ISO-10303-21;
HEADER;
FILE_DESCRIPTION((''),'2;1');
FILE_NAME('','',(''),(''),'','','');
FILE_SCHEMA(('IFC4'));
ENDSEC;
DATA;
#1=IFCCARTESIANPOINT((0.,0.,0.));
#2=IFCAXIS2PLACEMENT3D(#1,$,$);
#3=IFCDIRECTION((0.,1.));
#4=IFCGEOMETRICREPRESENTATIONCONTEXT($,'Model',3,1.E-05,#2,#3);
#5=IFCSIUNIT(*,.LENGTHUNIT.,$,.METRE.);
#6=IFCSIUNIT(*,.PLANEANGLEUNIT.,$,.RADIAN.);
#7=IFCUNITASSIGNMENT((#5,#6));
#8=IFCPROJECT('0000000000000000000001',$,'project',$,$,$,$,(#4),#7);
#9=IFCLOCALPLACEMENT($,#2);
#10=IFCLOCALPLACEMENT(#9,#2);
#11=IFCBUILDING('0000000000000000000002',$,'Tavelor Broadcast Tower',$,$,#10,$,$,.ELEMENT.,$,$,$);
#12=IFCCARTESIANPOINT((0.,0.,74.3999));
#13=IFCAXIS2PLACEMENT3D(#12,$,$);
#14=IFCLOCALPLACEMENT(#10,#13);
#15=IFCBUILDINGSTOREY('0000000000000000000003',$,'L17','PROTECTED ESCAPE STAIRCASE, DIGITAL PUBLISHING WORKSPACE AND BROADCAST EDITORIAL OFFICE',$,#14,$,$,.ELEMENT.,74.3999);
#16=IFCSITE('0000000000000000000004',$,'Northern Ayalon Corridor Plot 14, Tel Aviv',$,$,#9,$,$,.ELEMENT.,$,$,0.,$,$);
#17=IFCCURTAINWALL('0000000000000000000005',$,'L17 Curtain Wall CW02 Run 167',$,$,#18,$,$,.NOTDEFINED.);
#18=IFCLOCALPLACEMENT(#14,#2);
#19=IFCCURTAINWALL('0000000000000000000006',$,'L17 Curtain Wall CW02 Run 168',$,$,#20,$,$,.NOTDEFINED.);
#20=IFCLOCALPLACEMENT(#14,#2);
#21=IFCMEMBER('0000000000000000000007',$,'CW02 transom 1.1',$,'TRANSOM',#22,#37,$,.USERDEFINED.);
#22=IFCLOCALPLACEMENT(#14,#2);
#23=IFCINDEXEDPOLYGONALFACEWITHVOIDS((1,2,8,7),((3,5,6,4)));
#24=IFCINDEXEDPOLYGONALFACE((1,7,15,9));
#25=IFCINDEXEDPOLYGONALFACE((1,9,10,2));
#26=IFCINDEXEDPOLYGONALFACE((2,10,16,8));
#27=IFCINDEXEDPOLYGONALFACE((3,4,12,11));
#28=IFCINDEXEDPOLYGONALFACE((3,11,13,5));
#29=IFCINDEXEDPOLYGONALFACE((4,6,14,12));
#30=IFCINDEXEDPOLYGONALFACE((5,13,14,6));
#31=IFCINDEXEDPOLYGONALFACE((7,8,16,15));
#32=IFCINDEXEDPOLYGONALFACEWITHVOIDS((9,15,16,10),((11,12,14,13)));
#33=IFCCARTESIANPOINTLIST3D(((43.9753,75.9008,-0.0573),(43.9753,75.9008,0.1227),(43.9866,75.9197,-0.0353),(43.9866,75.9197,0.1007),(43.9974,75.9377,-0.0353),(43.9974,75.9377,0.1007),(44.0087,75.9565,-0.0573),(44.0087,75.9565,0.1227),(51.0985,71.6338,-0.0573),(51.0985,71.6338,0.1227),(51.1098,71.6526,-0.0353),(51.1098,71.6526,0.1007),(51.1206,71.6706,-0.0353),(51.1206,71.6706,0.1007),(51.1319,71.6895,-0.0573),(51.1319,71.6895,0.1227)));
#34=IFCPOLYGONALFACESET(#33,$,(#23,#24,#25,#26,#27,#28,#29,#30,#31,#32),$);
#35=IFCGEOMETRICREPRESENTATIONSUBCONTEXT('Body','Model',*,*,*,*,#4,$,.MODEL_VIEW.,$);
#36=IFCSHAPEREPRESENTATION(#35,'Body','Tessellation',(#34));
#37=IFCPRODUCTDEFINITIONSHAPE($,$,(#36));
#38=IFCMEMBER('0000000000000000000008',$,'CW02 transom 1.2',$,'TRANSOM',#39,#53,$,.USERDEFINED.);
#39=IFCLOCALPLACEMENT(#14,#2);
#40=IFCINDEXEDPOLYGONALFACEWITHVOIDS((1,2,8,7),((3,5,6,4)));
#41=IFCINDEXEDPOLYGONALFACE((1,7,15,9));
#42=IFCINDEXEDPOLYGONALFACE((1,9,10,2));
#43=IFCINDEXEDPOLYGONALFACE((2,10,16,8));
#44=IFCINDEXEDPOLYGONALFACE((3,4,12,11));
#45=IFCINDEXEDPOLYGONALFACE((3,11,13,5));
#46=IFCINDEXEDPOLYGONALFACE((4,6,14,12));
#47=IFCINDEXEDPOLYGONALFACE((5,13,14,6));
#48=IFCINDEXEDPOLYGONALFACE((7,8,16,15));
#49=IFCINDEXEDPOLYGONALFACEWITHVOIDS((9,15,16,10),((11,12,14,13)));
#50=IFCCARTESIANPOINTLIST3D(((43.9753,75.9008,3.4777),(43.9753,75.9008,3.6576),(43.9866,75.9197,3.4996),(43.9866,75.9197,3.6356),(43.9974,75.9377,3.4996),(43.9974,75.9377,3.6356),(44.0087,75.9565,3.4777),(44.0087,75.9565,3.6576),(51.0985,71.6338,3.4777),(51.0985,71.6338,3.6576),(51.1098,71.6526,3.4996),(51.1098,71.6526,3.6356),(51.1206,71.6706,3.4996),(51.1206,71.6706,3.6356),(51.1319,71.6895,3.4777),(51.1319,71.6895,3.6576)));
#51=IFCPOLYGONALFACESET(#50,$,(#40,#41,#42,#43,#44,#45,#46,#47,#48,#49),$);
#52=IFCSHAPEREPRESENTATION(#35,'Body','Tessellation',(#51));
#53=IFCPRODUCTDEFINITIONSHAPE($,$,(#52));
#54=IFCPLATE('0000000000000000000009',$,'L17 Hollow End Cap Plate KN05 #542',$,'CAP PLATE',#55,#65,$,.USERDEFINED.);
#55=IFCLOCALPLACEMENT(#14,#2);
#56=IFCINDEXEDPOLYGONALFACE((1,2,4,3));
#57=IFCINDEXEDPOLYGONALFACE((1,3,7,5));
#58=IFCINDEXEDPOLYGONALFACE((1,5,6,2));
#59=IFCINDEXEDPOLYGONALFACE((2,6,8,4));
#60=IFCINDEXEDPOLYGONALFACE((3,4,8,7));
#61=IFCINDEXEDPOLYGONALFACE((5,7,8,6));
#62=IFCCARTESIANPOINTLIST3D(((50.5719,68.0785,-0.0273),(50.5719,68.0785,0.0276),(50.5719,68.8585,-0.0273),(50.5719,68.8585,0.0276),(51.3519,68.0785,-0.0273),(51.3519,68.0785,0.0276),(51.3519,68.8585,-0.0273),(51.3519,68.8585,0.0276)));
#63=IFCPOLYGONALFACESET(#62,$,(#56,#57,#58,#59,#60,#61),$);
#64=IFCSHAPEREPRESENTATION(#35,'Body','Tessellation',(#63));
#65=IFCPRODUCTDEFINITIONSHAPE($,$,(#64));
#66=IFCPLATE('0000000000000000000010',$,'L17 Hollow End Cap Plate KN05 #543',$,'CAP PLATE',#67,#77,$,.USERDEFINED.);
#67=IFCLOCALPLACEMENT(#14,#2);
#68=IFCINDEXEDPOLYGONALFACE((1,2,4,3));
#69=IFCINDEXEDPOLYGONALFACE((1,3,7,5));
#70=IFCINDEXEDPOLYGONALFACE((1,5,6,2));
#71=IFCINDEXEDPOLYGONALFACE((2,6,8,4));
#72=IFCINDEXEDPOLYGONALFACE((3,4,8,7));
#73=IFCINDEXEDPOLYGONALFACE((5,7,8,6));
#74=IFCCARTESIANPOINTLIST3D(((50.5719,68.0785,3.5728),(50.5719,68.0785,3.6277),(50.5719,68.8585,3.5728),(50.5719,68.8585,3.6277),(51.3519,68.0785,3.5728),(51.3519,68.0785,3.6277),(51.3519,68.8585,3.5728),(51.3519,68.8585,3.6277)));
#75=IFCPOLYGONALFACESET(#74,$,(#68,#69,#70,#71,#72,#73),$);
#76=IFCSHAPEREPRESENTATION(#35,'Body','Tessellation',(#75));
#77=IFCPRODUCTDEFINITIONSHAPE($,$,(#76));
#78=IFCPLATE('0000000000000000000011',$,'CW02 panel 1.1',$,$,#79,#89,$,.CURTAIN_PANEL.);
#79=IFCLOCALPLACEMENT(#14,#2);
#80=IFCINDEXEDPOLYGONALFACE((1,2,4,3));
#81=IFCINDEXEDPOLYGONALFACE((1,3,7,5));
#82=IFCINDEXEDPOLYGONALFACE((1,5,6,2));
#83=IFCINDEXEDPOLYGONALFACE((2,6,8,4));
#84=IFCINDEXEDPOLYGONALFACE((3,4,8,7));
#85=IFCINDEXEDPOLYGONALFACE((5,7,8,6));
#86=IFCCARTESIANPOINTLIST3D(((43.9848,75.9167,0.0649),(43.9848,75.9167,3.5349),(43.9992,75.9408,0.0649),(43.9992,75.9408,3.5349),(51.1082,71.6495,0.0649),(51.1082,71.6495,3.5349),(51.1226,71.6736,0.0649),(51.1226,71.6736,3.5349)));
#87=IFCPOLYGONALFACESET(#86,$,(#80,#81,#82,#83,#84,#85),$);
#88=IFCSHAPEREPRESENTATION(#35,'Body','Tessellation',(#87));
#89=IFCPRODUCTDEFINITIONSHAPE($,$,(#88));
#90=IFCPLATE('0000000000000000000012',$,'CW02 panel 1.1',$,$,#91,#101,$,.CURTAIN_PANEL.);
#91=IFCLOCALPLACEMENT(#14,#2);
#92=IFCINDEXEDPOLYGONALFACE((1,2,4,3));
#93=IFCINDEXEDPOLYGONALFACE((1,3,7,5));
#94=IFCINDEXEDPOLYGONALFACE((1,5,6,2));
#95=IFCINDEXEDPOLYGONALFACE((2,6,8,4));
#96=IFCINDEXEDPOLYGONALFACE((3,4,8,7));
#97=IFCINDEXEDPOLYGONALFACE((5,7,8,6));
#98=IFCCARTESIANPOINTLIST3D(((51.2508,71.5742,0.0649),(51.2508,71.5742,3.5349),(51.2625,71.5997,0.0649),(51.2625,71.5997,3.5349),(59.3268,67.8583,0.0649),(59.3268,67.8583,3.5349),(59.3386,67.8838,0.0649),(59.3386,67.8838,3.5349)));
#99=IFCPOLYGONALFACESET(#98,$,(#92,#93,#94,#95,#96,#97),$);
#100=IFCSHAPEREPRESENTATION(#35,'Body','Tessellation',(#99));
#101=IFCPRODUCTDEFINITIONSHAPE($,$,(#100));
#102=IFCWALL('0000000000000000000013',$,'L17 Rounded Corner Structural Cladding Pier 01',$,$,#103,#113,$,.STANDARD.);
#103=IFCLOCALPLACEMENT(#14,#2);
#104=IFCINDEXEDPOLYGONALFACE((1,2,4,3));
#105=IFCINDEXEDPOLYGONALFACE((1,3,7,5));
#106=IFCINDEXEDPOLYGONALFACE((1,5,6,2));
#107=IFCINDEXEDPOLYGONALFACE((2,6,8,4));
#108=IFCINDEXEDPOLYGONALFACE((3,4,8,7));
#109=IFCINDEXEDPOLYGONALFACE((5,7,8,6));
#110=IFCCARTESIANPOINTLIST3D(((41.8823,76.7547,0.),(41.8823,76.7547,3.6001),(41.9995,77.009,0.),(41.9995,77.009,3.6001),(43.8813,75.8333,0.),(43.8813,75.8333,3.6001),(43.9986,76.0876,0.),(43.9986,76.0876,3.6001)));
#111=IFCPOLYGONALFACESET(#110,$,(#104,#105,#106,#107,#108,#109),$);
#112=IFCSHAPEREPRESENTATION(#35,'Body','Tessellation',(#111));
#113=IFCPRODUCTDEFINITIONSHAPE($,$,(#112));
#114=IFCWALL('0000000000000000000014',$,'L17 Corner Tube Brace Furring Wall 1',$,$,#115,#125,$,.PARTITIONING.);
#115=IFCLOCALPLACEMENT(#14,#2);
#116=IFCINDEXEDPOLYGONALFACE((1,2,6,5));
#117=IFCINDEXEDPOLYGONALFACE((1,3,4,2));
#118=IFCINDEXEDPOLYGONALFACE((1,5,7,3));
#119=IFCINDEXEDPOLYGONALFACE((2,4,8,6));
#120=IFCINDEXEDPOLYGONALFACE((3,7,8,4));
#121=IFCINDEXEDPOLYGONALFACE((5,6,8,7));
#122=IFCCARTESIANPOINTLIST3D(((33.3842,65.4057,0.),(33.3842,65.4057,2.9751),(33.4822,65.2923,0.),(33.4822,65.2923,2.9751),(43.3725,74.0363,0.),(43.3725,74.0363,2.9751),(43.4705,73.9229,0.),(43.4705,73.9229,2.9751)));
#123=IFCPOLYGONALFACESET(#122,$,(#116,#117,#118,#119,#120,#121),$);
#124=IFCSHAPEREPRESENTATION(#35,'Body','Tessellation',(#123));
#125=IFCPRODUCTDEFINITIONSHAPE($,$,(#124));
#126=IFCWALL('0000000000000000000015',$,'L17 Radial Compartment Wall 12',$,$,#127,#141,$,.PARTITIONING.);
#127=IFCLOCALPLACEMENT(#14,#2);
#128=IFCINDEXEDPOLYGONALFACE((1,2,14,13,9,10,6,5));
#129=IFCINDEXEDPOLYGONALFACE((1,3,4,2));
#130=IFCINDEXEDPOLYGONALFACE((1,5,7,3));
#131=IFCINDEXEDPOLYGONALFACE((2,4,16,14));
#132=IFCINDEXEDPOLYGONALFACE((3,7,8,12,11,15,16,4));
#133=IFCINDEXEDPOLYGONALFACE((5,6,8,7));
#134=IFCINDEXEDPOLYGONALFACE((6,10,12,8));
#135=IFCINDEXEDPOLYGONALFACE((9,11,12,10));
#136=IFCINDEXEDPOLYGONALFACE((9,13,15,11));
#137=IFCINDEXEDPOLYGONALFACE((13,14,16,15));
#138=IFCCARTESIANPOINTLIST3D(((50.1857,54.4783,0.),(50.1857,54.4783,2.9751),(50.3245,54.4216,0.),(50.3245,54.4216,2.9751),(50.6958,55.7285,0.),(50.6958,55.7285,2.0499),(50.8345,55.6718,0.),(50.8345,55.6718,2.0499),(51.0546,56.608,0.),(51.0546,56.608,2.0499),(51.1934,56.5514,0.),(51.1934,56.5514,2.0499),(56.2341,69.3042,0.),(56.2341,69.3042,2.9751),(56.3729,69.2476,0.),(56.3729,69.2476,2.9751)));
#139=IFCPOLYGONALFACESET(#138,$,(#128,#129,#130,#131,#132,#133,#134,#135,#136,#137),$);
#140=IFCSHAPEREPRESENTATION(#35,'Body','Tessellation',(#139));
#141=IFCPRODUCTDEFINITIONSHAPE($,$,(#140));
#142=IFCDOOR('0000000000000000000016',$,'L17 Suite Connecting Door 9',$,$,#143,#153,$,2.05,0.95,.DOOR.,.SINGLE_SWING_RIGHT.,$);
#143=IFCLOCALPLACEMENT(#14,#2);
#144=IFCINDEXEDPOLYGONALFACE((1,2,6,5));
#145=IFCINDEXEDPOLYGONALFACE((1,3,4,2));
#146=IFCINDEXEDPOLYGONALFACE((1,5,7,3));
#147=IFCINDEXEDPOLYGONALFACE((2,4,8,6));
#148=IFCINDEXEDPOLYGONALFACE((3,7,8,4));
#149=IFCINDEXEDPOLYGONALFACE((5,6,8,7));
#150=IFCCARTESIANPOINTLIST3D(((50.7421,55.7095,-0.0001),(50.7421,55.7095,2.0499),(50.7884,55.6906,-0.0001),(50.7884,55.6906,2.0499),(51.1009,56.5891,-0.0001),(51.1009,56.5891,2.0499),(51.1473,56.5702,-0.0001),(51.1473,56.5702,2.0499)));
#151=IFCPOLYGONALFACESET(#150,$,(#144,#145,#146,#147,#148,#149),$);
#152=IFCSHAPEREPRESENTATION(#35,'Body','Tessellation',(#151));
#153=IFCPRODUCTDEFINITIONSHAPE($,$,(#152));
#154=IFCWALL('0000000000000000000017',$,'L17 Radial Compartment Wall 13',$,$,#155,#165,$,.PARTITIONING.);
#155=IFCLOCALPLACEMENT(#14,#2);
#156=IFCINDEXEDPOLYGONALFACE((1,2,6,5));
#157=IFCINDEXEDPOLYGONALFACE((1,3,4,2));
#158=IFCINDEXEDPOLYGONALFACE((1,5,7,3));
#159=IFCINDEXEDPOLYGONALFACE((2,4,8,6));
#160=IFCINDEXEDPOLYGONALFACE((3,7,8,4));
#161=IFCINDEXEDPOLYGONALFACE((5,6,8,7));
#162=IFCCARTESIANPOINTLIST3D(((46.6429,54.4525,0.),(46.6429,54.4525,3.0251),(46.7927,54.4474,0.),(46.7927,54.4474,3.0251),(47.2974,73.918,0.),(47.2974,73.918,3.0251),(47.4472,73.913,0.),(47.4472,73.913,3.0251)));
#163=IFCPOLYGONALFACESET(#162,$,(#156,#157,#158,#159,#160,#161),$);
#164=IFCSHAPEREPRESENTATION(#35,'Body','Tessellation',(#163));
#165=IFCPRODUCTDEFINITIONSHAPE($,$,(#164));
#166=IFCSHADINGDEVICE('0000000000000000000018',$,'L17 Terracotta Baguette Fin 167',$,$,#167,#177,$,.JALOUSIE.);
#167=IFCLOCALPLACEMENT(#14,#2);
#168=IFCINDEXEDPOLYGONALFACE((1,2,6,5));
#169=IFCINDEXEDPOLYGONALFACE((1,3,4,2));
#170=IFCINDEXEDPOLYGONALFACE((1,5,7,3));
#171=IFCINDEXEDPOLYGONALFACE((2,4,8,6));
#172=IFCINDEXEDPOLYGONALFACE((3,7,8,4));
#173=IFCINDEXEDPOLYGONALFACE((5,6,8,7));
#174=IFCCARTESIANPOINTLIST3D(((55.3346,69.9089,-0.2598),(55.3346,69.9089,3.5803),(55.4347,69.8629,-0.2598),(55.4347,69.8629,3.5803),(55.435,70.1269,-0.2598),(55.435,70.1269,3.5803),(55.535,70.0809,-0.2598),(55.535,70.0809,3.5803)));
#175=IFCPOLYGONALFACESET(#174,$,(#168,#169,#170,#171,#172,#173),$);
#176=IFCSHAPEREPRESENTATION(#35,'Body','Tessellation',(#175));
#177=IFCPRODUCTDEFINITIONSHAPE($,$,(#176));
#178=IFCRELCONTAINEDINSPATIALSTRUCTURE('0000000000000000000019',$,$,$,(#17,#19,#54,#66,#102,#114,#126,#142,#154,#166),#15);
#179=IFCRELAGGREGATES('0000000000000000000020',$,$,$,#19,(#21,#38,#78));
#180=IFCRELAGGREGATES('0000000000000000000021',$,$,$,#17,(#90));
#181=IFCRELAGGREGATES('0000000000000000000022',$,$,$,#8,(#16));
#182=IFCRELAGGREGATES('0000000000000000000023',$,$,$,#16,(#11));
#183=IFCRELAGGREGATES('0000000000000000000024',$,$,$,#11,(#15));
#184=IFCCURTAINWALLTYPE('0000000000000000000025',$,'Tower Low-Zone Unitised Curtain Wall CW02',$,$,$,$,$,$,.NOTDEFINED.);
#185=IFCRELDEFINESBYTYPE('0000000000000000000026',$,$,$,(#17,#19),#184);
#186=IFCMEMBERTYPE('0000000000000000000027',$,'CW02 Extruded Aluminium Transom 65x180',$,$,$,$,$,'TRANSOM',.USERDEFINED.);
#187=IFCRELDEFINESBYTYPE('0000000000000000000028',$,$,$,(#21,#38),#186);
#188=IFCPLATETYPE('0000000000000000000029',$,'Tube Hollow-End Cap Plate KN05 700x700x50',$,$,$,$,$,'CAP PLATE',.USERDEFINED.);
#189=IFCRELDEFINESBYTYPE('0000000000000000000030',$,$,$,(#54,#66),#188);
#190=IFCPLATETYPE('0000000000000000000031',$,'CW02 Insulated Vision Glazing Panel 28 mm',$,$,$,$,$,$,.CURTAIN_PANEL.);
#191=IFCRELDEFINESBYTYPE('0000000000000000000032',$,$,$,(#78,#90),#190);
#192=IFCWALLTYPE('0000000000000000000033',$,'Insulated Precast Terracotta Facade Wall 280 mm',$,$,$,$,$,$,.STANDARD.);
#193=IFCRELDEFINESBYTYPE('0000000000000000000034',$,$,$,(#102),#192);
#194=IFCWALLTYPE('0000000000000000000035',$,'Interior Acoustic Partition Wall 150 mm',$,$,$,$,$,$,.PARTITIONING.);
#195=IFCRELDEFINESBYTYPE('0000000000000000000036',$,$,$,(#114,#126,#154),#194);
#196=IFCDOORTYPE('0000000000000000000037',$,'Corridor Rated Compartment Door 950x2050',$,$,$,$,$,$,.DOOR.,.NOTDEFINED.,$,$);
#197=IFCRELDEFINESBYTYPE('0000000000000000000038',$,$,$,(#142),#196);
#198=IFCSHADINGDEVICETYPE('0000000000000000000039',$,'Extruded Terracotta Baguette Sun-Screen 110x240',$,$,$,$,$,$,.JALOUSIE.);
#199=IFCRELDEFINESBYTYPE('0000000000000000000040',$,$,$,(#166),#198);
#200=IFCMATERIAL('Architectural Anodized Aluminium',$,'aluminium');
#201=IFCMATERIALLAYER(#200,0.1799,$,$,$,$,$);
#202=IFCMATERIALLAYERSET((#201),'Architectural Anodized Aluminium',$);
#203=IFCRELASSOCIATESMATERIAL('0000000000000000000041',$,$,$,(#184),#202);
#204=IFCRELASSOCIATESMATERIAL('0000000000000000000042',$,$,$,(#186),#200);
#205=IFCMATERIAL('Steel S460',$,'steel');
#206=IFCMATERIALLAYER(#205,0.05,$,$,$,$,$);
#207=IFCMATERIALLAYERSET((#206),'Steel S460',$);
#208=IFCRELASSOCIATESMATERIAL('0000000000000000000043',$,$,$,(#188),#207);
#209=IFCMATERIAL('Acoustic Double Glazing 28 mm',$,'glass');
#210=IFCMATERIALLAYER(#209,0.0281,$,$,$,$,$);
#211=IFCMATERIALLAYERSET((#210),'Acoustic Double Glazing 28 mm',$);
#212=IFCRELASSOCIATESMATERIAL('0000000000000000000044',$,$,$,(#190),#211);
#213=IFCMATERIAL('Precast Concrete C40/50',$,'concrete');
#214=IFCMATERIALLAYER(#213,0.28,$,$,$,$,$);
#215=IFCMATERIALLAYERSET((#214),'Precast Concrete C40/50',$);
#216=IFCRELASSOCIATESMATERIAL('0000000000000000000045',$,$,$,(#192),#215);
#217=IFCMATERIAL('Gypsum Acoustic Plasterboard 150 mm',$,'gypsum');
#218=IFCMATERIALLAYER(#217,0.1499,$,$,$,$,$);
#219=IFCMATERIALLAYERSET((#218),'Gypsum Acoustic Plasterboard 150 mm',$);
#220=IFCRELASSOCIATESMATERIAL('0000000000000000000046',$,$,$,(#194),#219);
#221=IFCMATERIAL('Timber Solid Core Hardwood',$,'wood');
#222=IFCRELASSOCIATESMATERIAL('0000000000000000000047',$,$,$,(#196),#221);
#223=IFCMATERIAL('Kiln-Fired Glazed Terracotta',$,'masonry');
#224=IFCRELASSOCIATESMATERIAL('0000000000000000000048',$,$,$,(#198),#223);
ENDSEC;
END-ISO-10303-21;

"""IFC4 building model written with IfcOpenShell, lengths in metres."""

from ifc_helpers import new_model, si_unit, direction, frame, frame_2d, origin, origin_2d, place, context, subcontext, project, spatial, rectangle, hollow_rectangle, extrude, source, transform, mapped, material, layer, layer_set, material_profile, profile_set, type_object, type_shapes, element, fill, aggregate, save


model = new_model("IFC4")

# Units and contexts
model_context = context("Model", 3, precision=1e-05, world=origin(), true_north=direction((0.0, 1.0)))
body_context = subcontext(model_context, "Body", "Model", "MODEL_VIEW")
ifc_project = project(units=[si_unit("LENGTHUNIT", "METRE"), si_unit("PLANEANGLEUNIT", "RADIAN")], contexts=[model_context])

# Site, building, storey
site_placement = place(None, origin())
site = spatial("IfcSite", under=ifc_project, at=site_placement, Name="Northern Ayalon Corridor Plot 14, Tel Aviv", CompositionType="ELEMENT", RefElevation=0.0)
building_placement = place(site_placement, origin())
building = spatial("IfcBuilding", under=site, at=building_placement, Name="Tavelor Broadcast Tower", CompositionType="ELEMENT")
storey_placement = place(building_placement, frame((0.0, 0.0, 74.3999)))
storey = spatial("IfcBuildingStorey", under=building, at=storey_placement, Name="L17", Description="PROTECTED ESCAPE STAIRCASE, DIGITAL PUBLISHING WORKSPACE AND BROADCAST EDITORIAL OFFICE", CompositionType="ELEMENT", Elevation=74.3999)

# Shared definitions
ifc_material_1 = material(Name="Steel S460", Category="steel")

# Curtain wall
ifc_material_2 = material(Name="Architectural Anodized Aluminium", Category="aluminium")
ifc_layer_1 = layer(ifc_material_2, 0.1799)
ifc_layer_set_1 = layer_set([ifc_layer_1], Name="Architectural Anodized Aluminium")
curtain_wall_type = type_object("IfcCurtainWallType", Name="Tower Low-Zone Unitised Curtain Wall CW02", PredefinedType="NOTDEFINED", material=ifc_layer_set_1)
curtain_wall_1_placement = place(storey_placement, origin())
curtain_wall_1 = element("IfcCurtainWall", 1, at=curtain_wall_1_placement, inside=storey, type_object=curtain_wall_type, Name="L17 Curtain Wall CW02 Run 167", PredefinedType="NOTDEFINED")

# Curtain wall, members
curtain_wall_2_placement = place(storey_placement, origin())
curtain_wall_2 = element("IfcCurtainWall", 2, at=curtain_wall_2_placement, inside=storey, type_object=curtain_wall_type, Name="L17 Curtain Wall CW02 Run 168", PredefinedType="NOTDEFINED")
ifc_material_profile_1 = material_profile(ifc_material_2, hollow_rectangle(XDim=0.0649, YDim=0.1799, WallThickness=0.022, at=origin_2d()), Name="RHS 65x180x22")
ifc_profile_set_1 = profile_set([ifc_material_profile_1], Name="Architectural Anodized Aluminium")
member_type_1 = type_object("IfcMemberType", Name="CW02 Extruded Aluminium Transom 65x180", ElementType="TRANSOM", PredefinedType="USERDEFINED", material=ifc_profile_set_1)
shared_shape_1 = source(origin(), body_context, "Body", "SweptSolid", [
    extrude(hollow_rectangle(XDim=0.0649, YDim=0.1799, WallThickness=0.022, at=origin_2d()), origin(), (0.0, 0.0, 1.0), 8.3035),
])
type_shapes(member_type_1, [shared_shape_1])
member_1_placement = place(storey_placement, frame((51.1152, 71.6616, 0.0327), z_axis=(-0.857859, 0.513886, 0.0), x_axis=(-0.513886, -0.857859, 0.0)))
member_1 = element("IfcMember", 3, at=member_1_placement, type_object=member_type_1, Name="CW02 transom 1.1", ObjectType="TRANSOM", PredefinedType="USERDEFINED", context=body_context, shape_type="MappedRepresentation", body=[
    mapped(shared_shape_1, transform((0.0, 0.0, 0.0), scale=1.0)),
])
member_2_placement = place(storey_placement, frame((51.1152, 71.6616, 3.5676), z_axis=(-0.857859, 0.513886, 0.0), x_axis=(-0.513886, -0.857859, 0.0)))
member_2 = element("IfcMember", 4, at=member_2_placement, type_object=member_type_1, Name="CW02 transom 1.2", ObjectType="TRANSOM", PredefinedType="USERDEFINED", context=body_context, shape_type="MappedRepresentation", body=[
    mapped(shared_shape_1, transform((0.0, 0.0, 0.0), scale=1.0)),
])

# Plates
ifc_layer_2 = layer(ifc_material_1, 0.05)
ifc_layer_set_2 = layer_set([ifc_layer_2], Name="Steel S460")
plate_type_1 = type_object("IfcPlateType", Name="Tube Hollow-End Cap Plate KN05 700x700x50", ElementType="CAP PLATE", PredefinedType="USERDEFINED", material=ifc_layer_set_2)
shared_shape_2 = source(origin(), body_context, "Body", "SweptSolid", [
    extrude(rectangle(XDim=0.78, YDim=0.78, at=origin_2d()), origin(), (0.0, 0.0, 1.0), 0.0549),
])
type_shapes(plate_type_1, [shared_shape_2])
for number, where, z_axis, x_axis, name in (
    (5, (50.9619, 68.4685, -0.0273), (0.0, 0.0, 1.0), (1.0, 0.0, 0.0), "L17 Hollow End Cap Plate KN05 #542"),
    (6, (50.9619, 68.4685, 3.5728), (0.0, 0.0, 1.0), (1.0, 0.0, 0.0), "L17 Hollow End Cap Plate KN05 #543"),
):
    element("IfcPlate", number, at=place(storey_placement, frame(where, z_axis=z_axis, x_axis=x_axis)), inside=storey, type_object=plate_type_1, Name=name, ObjectType="CAP PLATE", PredefinedType="USERDEFINED", context=body_context, shape_type="MappedRepresentation", body=[
        mapped(shared_shape_2, transform((0.0, 0.0, 0.0), scale=1.0)),
    ])

# Plates
ifc_material_3 = material(Name="Acoustic Double Glazing 28 mm", Category="glass")
ifc_layer_3 = layer(ifc_material_3, 0.0281)
ifc_layer_set_3 = layer_set([ifc_layer_3], Name="Acoustic Double Glazing 28 mm")
plate_type_2 = type_object("IfcPlateType", Name="CW02 Insulated Vision Glazing Panel 28 mm", PredefinedType="CURTAIN_PANEL", material=ifc_layer_set_3)
shared_shape_3 = source(origin(), body_context, "Body", "SweptSolid", [
    extrude(rectangle(XDim=8.3037, YDim=0.0281, at=origin_2d()), origin(), (0.0, 0.0, 1.0), 3.47),
])
plate_1_placement = place(storey_placement, frame((47.5537, 73.7952, 0.0649), z_axis=(0.0, 0.0, 1.0), x_axis=(-0.857856, 0.513891, 0.0)))
plate_1 = element("IfcPlate", 7, at=plate_1_placement, type_object=plate_type_2, Name="CW02 panel 1.1", PredefinedType="CURTAIN_PANEL", context=body_context, shape_type="MappedRepresentation", body=[
    mapped(shared_shape_3, transform((0.0, 0.0, 0.0), scale=1.0)),
])
aggregate(curtain_wall_2, [member_1, member_2, plate_1])
shared_shape_4 = source(origin(), body_context, "Body", "SweptSolid", [
    extrude(rectangle(XDim=8.8899, YDim=0.0281, at=origin_2d()), origin(), (0.0, 0.0, 1.0), 3.47),
])
type_shapes(plate_type_2, [shared_shape_3, shared_shape_4])
plate_2_placement = place(storey_placement, frame((55.2947, 69.729, 0.0649), z_axis=(0.0, 0.0, 1.0), x_axis=(-0.908454, 0.417985, 0.0)))
plate_2 = element("IfcPlate", 8, at=plate_2_placement, type_object=plate_type_2, Name="CW02 panel 1.1", PredefinedType="CURTAIN_PANEL", context=body_context, shape_type="MappedRepresentation", body=[
    mapped(shared_shape_4, transform((0.0, 0.0, 0.0), scale=1.0)),
])
aggregate(curtain_wall_1, [plate_2])

# Walls
ifc_material_4 = material(Name="Precast Concrete C40/50", Category="concrete")
ifc_layer_4 = layer(ifc_material_4, 0.28)
ifc_layer_set_4 = layer_set([ifc_layer_4], Name="Precast Concrete C40/50")
wall_type_1 = type_object("IfcWallType", Name="Insulated Precast Terracotta Facade Wall 280 mm", PredefinedType="STANDARD", material=ifc_layer_set_4)
wall_1_placement = place(storey_placement, frame((43.9399, 75.9604, 0.0), z_axis=(0.0, 0.0, 1.0), x_axis=(-0.908174, 0.418594, 0.0)))
element("IfcWall", 9, at=wall_1_placement, inside=storey, type_object=wall_type_1, Name="L17 Rounded Corner Structural Cladding Pier 01", PredefinedType="STANDARD", context=body_context, shape_type="SweptSolid", body=[
    extrude(rectangle(XDim=2.2012, YDim=0.28, at=frame_2d((1.1006, 0.0))), origin(), (0.0, 0.0, 1.0), 3.6001),
])
ifc_material_5 = material(Name="Gypsum Acoustic Plasterboard 150 mm", Category="gypsum")
ifc_layer_5 = layer(ifc_material_5, 0.1499)
ifc_layer_set_5 = layer_set([ifc_layer_5], Name="Gypsum Acoustic Plasterboard 150 mm")
wall_type_2 = type_object("IfcWallType", Name="Interior Acoustic Partition Wall 150 mm", PredefinedType="PARTITIONING", material=ifc_layer_set_5)
wall_2_placement = place(storey_placement, frame((43.4214, 73.9795, 0.0), z_axis=(0.0, 0.0, 1.0), x_axis=(-0.756659, -0.65381, 0.0)))
element("IfcWall", 10, at=wall_2_placement, inside=storey, type_object=wall_type_2, Name="L17 Corner Tube Brace Furring Wall 1", PredefinedType="PARTITIONING", context=body_context, shape_type="SweptSolid", body=[
    extrude(rectangle(XDim=13.2004, YDim=0.1499, at=frame_2d((6.6001, 0.0))), origin(), (0.0, 0.0, 1.0), 2.9751),
])

# Wall, opening, door
wall_3_placement = place(storey_placement, frame((50.2551, 54.45, 0.0), z_axis=(0.0, 0.0, 1.0), x_axis=(0.377733, 0.925914, 0.0)))
wall_3 = element("IfcWall", 11, at=wall_3_placement, inside=storey, type_object=wall_type_2, Name="L17 Radial Compartment Wall 12", PredefinedType="PARTITIONING", context=body_context, shape_type="SweptSolid", body=[
    extrude(rectangle(XDim=16.0122, YDim=0.1499, at=frame_2d((8.0061, 0.0))), origin(), (0.0, 0.0, 1.0), 2.9751),
])
opening_placement = place(wall_3_placement, frame((1.3501, 0.0, 0.0)))
opening = element("IfcOpeningElement", 12, at=opening_placement, cuts=wall_3, PredefinedType="OPENING", context=body_context, shape_type="SweptSolid", body=[
    extrude(rectangle(XDim=0.95, YDim=2.05, at=frame_2d((0.4751, 1.0249))), frame((0.0, 0.085, 0.0), z_axis=(0.0, -1.0, 0.0), x_axis=(1.0, 0.0, 0.0)), (0.0, 0.0, 1.0), 0.1699),
])
ifc_material_6 = material(Name="Timber Solid Core Hardwood", Category="wood")
door_type = type_object("IfcDoorType", Name="Corridor Rated Compartment Door 950x2050", OperationType="NOTDEFINED", PredefinedType="DOOR", material=ifc_material_6)
door_placement = place(opening_placement, origin())
door = element("IfcDoor", 13, at=door_placement, inside=storey, type_object=door_type, Name="L17 Suite Connecting Door 9", OperationType="SINGLE_SWING_RIGHT", OverallHeight=2.05, OverallWidth=0.95, PredefinedType="DOOR", context=body_context, shape_type="SweptSolid", body=[
    extrude(rectangle(XDim=0.95, YDim=2.05, at=frame_2d((0.4751, 1.0249))), frame((0.0, 0.0249, 0.0), z_axis=(0.0, -1.0, 0.0), x_axis=(1.0, 0.0, 0.0)), (0.0, 0.0, 1.0), 0.05),
])
fill(opening, door)

# Wall
wall_4_placement = place(storey_placement, frame((46.7178, 54.45, 0.0), z_axis=(0.0, 0.0, 1.0), x_axis=(0.033607, 0.999435, 0.0)))
element("IfcWall", 14, at=wall_4_placement, inside=storey, type_object=wall_type_2, Name="L17 Radial Compartment Wall 13", PredefinedType="PARTITIONING", context=body_context, shape_type="SweptSolid", body=[
    extrude(rectangle(XDim=19.4766, YDim=0.1499, at=frame_2d((9.7383, 0.0))), origin(), (0.0, 0.0, 1.0), 3.0251),
])

# Shading device
ifc_material_7 = material(Name="Kiln-Fired Glazed Terracotta", Category="masonry")
shading_device_type = type_object("IfcShadingDeviceType", Name="Extruded Terracotta Baguette Sun-Screen 110x240", PredefinedType="JALOUSIE", material=ifc_material_7)
shared_shape_5 = source(origin(), body_context, "Body", "SweptSolid", [
    extrude(rectangle(XDim=0.1101, YDim=0.24, at=origin_2d()), origin(), (0.0, 0.0, 1.0), 3.8401),
])
type_shapes(shading_device_type, [shared_shape_5])
for number, where, z_axis, x_axis, name in (
    (15, (55.4348, 69.9949, -0.2598), (0.0, 0.0, 1.0), (-0.908435, 0.418026, 0.0), "L17 Terracotta Baguette Fin 167"),
):
    element("IfcShadingDevice", number, at=place(storey_placement, frame(where, z_axis=z_axis, x_axis=x_axis)), inside=storey, type_object=shading_device_type, Name=name, PredefinedType="JALOUSIE", context=body_context, shape_type="MappedRepresentation", body=[
        mapped(shared_shape_5, transform((0.0, 0.0, 0.0), scale=1.0)),
    ])

save(model, "model.ifc")
